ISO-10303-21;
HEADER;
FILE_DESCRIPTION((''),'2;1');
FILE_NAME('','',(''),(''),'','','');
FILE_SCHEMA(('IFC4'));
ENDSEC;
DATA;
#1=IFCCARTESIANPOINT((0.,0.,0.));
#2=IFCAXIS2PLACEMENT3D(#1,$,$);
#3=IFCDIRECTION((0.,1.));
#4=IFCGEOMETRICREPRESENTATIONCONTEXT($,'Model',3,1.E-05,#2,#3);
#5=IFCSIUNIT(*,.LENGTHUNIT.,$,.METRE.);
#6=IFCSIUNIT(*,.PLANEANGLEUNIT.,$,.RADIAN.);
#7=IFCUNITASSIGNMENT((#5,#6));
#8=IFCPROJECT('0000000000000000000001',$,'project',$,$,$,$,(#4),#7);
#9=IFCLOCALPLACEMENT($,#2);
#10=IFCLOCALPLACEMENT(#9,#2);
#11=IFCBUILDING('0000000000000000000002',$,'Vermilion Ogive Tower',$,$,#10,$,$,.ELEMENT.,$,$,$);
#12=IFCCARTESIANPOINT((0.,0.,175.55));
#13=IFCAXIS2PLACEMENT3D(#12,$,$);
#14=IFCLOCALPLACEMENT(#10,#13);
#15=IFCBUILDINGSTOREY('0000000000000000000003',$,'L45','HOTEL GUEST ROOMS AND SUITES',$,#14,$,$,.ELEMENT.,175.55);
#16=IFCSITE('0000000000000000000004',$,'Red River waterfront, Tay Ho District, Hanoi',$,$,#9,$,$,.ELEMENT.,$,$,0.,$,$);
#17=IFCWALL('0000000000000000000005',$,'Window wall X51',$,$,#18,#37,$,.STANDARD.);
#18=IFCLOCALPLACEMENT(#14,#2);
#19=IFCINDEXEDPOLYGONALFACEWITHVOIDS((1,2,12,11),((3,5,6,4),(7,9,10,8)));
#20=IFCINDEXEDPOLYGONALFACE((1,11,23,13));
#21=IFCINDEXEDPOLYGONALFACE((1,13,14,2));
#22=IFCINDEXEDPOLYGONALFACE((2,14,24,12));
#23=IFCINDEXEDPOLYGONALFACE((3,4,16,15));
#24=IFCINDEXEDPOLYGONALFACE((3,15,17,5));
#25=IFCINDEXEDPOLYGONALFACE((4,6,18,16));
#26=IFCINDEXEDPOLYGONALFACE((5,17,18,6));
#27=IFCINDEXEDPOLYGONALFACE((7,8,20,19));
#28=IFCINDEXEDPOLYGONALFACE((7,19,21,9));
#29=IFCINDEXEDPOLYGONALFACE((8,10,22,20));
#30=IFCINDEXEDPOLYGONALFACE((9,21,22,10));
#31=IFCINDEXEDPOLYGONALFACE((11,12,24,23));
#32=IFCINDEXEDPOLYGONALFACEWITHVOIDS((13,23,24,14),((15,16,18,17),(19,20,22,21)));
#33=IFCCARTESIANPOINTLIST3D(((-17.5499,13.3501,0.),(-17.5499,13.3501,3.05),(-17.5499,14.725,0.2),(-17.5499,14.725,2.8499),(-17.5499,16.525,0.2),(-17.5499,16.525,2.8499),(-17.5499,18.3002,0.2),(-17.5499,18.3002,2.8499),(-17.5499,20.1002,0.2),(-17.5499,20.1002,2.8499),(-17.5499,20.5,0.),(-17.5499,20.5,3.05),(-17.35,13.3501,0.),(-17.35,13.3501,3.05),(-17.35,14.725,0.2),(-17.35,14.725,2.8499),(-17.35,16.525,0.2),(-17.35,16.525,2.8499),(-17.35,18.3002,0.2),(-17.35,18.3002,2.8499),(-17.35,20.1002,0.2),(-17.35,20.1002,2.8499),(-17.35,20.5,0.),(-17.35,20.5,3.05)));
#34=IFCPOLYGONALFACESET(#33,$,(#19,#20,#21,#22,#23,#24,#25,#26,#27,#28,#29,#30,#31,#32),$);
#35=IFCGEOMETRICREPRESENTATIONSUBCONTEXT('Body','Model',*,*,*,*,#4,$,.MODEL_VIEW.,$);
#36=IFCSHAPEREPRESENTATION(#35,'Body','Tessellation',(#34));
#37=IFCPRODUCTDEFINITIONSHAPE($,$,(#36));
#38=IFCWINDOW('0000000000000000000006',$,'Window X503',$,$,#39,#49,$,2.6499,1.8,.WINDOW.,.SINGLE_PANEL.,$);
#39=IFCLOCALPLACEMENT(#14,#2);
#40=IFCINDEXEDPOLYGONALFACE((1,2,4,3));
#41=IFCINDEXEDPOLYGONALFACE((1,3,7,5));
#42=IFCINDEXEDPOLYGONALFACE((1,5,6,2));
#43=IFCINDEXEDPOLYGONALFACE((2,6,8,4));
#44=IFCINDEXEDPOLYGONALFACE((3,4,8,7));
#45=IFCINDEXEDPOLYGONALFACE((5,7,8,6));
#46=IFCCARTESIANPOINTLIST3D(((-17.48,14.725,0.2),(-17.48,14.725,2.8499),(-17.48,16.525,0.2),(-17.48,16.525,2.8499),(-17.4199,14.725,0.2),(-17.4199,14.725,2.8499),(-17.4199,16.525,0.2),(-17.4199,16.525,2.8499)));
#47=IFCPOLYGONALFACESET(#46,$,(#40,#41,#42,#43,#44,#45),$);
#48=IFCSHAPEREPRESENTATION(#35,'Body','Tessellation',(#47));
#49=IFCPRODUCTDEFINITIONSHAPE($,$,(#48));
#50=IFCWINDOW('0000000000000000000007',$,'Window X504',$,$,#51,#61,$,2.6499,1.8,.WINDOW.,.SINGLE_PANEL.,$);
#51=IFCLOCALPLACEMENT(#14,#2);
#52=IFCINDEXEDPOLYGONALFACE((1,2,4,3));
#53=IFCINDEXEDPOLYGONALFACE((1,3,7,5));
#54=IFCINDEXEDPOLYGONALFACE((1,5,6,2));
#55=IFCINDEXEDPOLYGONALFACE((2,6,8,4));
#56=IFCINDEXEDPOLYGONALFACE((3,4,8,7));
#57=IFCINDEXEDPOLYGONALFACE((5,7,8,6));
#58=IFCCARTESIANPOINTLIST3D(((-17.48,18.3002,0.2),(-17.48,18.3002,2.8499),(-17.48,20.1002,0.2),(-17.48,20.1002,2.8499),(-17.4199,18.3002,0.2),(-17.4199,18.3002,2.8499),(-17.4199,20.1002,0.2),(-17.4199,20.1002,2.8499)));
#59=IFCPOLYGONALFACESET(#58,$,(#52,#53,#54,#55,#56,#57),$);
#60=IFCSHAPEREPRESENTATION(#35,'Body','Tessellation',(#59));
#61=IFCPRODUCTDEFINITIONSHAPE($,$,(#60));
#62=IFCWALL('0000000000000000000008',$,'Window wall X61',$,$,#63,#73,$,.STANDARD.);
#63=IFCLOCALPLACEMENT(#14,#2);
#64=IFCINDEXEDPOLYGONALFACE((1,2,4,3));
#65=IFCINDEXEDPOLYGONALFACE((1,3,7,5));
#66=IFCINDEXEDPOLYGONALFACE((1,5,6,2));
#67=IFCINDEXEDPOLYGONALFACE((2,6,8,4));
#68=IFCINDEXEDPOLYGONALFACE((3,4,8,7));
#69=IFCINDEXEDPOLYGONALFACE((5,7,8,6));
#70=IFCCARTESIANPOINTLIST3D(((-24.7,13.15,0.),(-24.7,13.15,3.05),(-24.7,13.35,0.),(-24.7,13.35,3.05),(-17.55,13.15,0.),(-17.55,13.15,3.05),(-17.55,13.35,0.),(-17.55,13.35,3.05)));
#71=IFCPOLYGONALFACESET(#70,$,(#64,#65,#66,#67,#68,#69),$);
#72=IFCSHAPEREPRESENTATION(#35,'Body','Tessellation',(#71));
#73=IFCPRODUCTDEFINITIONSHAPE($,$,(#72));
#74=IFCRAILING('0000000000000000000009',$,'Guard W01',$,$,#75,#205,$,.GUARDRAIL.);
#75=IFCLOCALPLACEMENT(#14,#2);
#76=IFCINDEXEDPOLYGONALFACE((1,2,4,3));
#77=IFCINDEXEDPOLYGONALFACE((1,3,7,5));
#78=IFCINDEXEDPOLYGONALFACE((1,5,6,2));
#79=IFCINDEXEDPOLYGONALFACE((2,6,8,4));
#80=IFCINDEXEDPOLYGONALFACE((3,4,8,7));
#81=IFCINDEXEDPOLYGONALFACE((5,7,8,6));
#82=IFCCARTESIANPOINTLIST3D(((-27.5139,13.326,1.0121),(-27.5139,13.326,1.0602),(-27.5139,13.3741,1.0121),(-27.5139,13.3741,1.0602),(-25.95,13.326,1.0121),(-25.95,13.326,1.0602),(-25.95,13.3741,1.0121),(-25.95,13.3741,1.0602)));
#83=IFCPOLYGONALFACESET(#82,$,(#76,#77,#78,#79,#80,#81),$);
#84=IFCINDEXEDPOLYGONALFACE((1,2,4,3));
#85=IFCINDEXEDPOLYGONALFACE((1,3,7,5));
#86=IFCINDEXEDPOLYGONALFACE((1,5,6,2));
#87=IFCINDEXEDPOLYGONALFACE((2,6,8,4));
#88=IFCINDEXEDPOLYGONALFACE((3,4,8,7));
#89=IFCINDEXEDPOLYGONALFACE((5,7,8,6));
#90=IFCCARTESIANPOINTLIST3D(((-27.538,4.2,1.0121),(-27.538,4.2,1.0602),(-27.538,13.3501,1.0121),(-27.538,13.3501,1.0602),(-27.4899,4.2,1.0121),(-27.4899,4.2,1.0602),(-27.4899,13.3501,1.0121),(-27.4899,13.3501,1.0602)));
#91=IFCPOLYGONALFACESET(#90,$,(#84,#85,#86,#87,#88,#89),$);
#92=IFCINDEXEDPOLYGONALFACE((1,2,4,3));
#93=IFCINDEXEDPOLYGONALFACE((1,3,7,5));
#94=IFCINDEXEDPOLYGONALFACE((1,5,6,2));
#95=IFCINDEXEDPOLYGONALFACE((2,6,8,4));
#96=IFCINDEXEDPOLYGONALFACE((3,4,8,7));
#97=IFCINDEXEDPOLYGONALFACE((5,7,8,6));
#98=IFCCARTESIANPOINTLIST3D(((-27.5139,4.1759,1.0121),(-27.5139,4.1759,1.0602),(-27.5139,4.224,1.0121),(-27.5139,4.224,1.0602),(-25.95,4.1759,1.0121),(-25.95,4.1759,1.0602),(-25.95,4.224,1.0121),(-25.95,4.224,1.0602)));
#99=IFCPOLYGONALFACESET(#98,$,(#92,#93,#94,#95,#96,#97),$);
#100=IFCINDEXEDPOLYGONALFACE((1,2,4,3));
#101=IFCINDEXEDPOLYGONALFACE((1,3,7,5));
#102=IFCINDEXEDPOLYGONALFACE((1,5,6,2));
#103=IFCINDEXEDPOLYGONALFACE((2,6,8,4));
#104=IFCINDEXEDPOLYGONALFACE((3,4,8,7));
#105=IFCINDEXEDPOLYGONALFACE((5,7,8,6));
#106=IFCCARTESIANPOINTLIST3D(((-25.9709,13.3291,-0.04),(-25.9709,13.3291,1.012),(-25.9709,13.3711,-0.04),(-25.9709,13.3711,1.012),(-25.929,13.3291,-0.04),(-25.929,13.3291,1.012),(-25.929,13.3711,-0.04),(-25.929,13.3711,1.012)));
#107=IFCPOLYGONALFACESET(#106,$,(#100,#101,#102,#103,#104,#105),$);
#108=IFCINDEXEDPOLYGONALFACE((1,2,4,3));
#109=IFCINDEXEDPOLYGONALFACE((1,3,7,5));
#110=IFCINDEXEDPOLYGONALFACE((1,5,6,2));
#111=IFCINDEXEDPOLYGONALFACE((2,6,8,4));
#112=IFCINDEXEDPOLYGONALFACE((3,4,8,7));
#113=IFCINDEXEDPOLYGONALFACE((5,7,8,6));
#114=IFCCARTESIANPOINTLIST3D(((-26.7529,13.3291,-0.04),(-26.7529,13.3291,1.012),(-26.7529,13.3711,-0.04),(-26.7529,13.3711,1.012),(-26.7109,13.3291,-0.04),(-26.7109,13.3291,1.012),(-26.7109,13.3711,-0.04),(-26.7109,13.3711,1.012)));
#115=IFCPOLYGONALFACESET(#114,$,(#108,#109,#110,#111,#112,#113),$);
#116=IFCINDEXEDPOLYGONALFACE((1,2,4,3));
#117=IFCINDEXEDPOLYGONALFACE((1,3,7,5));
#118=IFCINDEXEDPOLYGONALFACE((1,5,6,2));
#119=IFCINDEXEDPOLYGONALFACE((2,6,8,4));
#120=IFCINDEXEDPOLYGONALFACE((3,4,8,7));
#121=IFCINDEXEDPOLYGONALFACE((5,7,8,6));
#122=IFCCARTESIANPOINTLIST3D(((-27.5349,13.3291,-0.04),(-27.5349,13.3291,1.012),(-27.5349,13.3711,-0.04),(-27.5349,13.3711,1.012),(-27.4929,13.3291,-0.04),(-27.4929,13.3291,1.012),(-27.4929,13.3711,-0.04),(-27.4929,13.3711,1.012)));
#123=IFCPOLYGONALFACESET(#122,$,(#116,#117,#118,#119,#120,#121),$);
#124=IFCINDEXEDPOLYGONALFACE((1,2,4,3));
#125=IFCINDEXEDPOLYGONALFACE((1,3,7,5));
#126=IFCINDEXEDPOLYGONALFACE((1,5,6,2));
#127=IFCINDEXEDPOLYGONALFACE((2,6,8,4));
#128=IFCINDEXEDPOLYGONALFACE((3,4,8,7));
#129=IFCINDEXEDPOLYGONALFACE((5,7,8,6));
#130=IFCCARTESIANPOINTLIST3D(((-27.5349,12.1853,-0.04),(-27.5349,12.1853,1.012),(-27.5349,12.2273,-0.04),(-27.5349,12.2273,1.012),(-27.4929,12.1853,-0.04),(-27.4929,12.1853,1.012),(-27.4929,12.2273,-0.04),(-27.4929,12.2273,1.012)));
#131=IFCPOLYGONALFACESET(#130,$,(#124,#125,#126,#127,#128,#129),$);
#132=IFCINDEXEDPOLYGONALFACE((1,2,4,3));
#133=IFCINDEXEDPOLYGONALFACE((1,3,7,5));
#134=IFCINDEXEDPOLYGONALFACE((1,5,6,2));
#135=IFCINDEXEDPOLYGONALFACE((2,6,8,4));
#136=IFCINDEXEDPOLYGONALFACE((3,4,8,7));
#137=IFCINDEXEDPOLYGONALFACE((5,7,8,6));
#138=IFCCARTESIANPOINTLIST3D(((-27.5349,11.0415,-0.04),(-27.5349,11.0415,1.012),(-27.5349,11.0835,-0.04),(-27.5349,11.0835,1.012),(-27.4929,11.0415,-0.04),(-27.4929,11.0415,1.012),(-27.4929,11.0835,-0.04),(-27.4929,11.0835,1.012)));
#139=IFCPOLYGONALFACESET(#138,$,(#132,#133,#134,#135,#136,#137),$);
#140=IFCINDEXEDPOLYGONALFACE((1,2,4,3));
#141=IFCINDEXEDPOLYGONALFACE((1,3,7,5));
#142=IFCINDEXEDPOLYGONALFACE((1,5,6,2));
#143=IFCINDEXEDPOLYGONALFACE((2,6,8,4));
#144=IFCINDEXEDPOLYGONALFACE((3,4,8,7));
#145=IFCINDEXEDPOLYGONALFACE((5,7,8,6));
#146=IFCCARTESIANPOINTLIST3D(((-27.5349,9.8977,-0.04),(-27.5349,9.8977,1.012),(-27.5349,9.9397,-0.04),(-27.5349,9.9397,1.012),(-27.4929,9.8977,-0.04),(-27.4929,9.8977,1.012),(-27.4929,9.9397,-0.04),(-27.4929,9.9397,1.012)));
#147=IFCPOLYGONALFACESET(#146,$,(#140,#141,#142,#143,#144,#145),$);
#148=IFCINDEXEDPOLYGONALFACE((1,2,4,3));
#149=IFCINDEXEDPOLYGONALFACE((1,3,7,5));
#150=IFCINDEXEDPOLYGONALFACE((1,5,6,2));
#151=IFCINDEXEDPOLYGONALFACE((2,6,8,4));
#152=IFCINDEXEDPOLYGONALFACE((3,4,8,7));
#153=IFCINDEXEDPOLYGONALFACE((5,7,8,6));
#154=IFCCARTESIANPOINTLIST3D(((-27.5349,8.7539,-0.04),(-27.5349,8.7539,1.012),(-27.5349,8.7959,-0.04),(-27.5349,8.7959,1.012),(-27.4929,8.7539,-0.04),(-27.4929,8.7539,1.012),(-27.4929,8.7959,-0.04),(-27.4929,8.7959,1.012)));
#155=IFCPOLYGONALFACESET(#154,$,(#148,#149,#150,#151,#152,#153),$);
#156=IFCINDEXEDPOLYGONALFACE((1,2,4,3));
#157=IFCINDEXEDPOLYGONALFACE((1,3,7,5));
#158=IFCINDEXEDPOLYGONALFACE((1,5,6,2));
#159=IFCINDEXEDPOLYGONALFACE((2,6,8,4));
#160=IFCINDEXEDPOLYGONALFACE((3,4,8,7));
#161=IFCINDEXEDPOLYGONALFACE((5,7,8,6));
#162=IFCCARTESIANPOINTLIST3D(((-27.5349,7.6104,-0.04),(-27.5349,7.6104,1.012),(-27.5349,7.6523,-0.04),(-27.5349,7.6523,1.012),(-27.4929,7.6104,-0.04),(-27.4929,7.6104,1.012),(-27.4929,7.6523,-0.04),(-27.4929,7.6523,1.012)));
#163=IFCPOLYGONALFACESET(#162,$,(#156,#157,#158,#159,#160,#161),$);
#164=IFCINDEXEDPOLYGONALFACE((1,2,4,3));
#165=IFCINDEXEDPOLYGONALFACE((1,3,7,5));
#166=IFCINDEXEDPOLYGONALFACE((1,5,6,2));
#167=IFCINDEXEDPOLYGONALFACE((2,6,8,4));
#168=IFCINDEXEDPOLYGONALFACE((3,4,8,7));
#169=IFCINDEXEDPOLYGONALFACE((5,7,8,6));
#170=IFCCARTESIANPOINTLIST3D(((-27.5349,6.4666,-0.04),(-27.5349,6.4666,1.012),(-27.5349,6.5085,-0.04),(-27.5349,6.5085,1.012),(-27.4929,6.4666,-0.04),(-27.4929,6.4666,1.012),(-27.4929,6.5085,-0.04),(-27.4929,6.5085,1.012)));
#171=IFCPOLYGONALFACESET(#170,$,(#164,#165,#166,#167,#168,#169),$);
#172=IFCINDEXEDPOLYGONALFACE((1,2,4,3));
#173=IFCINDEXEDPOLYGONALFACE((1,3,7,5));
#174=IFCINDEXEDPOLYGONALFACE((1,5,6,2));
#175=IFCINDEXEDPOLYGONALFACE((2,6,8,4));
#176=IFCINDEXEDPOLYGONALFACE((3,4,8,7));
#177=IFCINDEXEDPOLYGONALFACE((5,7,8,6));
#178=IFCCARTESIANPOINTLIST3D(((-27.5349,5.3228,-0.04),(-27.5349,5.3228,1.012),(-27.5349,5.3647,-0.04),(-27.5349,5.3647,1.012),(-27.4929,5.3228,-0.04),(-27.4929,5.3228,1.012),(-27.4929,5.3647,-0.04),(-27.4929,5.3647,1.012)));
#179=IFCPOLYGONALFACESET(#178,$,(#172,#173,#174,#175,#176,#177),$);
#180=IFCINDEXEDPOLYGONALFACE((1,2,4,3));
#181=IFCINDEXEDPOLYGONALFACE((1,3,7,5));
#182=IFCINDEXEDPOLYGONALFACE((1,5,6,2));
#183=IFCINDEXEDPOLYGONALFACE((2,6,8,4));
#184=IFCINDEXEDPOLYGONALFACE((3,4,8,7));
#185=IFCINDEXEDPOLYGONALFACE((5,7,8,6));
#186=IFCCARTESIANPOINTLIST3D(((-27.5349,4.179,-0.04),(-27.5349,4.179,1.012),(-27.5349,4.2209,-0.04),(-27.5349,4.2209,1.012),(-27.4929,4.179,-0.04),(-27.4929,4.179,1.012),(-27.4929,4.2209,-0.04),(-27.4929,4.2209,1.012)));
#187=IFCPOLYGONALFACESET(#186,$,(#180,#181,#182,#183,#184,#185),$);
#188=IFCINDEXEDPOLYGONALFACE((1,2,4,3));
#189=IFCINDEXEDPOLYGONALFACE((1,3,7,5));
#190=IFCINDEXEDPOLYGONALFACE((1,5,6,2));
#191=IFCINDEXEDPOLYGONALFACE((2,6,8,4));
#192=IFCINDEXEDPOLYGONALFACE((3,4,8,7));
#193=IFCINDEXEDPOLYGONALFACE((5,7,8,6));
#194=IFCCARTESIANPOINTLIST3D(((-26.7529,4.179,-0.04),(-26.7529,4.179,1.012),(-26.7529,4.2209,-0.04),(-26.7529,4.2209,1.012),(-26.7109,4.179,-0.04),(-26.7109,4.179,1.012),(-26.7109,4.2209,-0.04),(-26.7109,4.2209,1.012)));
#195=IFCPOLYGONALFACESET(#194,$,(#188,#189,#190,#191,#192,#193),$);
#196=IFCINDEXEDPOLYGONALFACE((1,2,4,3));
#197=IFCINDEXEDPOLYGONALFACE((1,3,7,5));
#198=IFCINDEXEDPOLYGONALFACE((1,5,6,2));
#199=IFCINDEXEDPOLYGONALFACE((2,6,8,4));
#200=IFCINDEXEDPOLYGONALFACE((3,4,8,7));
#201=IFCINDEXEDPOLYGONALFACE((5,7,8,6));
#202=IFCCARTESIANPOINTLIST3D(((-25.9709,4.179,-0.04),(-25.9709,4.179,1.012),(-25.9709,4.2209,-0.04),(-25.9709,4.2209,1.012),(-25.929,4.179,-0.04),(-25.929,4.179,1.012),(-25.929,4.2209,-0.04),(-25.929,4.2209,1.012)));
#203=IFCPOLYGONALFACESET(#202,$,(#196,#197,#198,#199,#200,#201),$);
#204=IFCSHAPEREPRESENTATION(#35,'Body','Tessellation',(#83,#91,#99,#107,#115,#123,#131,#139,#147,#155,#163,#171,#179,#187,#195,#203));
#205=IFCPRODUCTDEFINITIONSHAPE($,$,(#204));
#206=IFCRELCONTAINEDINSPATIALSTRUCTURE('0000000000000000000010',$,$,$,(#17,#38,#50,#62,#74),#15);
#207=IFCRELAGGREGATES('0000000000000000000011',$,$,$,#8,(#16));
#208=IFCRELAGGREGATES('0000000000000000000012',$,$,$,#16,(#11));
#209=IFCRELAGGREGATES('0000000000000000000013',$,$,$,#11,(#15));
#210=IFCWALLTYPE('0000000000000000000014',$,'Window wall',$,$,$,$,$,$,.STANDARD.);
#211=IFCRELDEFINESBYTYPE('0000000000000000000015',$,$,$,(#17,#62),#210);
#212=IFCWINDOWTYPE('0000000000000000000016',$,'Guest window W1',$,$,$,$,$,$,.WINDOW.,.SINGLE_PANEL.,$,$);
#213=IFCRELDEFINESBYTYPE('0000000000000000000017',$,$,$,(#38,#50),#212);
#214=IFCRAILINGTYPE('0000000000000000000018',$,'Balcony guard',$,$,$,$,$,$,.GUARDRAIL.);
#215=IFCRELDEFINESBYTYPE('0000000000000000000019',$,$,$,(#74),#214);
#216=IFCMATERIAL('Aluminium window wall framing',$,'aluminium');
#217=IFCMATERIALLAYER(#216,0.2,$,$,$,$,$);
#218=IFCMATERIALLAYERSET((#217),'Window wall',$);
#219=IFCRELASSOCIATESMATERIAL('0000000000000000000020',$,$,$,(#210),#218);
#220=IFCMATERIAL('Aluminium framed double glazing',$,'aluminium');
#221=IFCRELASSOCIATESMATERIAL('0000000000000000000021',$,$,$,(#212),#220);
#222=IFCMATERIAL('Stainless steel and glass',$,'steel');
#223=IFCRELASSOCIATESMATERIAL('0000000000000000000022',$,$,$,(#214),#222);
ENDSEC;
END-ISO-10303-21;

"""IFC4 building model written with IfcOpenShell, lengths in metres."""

from ifc_helpers import new_model, si_unit, direction, frame, frame_2d, origin, origin_2d, place, context, subcontext, project, spatial, rectangle, extrude, material, layer, layer_set, type_object, element, fill, save


model = new_model("IFC4")

# Units and contexts
model_context = context("Model", 3, precision=1e-05, world=origin(), true_north=direction((0.0, 1.0)))
body_context = subcontext(model_context, "Body", "Model", "MODEL_VIEW")
ifc_project = project(units=[si_unit("LENGTHUNIT", "METRE"), si_unit("PLANEANGLEUNIT", "RADIAN")], contexts=[model_context])

# Site, building, storey
site_placement = place(None, origin())
site = spatial("IfcSite", under=ifc_project, at=site_placement, Name="Red River waterfront, Tay Ho District, Hanoi", CompositionType="ELEMENT", RefElevation=0.0)
building_placement = place(site_placement, origin())
building = spatial("IfcBuilding", under=site, at=building_placement, Name="Vermilion Ogive Tower", CompositionType="ELEMENT")
storey_placement = place(building_placement, frame((0.0, 0.0, 175.55)))
storey = spatial("IfcBuildingStorey", under=building, at=storey_placement, Name="L45", Description="HOTEL GUEST ROOMS AND SUITES", CompositionType="ELEMENT", Elevation=175.55)

# Wall, openings, windows
ifc_material_1 = material(Name="Aluminium window wall framing", Category="aluminium")
ifc_layer_1 = layer(ifc_material_1, 0.2)
ifc_layer_set_1 = layer_set([ifc_layer_1], Name="Window wall")
wall_type_1 = type_object("IfcWallType", Name="Window wall", PredefinedType="STANDARD", material=ifc_layer_set_1)
wall_1_placement = place(storey_placement, frame((-17.45, 20.5, 0.0), z_axis=(0.0, 0.0, 1.0), x_axis=(0.0, -1.0, 0.0)))
wall_1 = element("IfcWall", 1, at=wall_1_placement, inside=storey, type_object=wall_type_1, Name="Window wall X51", PredefinedType="STANDARD", context=body_context, shape_type="SweptSolid", body=[
    extrude(rectangle(XDim=7.1499, YDim=0.2, at=frame_2d((3.575, 0.0))), origin(), (0.0, 0.0, 1.0), 3.05),
])
opening_1_placement = place(wall_1_placement, frame((3.9751, 0.0, 0.2)))
opening_1 = element("IfcOpeningElement", 2, at=opening_1_placement, cuts=wall_1, PredefinedType="OPENING", context=body_context, shape_type="SweptSolid", body=[
    extrude(rectangle(XDim=1.8, YDim=2.6499, at=frame_2d((0.8999, 1.325))), frame((0.0, 0.1099, 0.0), z_axis=(0.0, -1.0, 0.0), x_axis=(1.0, 0.0, 0.0)), (0.0, 0.0, 1.0), 0.22),
])
opening_2_placement = place(wall_1_placement, frame((0.3999, 0.0, 0.2)))
opening_2 = element("IfcOpeningElement", 3, at=opening_2_placement, cuts=wall_1, PredefinedType="OPENING", context=body_context, shape_type="SweptSolid", body=[
    extrude(rectangle(XDim=1.8, YDim=2.6499, at=frame_2d((0.8999, 1.325))), frame((0.0, 0.1099, 0.0), z_axis=(0.0, -1.0, 0.0), x_axis=(1.0, 0.0, 0.0)), (0.0, 0.0, 1.0), 0.22),
])
ifc_material_2 = material(Name="Aluminium framed double glazing", Category="aluminium")
window_type = type_object("IfcWindowType", Name="Guest window W1", PartitioningType="SINGLE_PANEL", PredefinedType="WINDOW", material=ifc_material_2)
window_1_placement = place(opening_1_placement, origin())
window_1 = element("IfcWindow", 4, at=window_1_placement, inside=storey, type_object=window_type, Name="Window X503", OverallHeight=2.6499, OverallWidth=1.8, PartitioningType="SINGLE_PANEL", PredefinedType="WINDOW", context=body_context, shape_type="SweptSolid", body=[
    extrude(rectangle(XDim=1.8, YDim=2.6499, at=frame_2d((0.8999, 1.325))), frame((0.0, 0.03, 0.0), z_axis=(0.0, -1.0, 0.0), x_axis=(1.0, 0.0, 0.0)), (0.0, 0.0, 1.0), 0.0601),
])
fill(opening_1, window_1)
window_2_placement = place(opening_2_placement, origin())
window_2 = element("IfcWindow", 5, at=window_2_placement, inside=storey, type_object=window_type, Name="Window X504", OverallHeight=2.6499, OverallWidth=1.8, PartitioningType="SINGLE_PANEL", PredefinedType="WINDOW", context=body_context, shape_type="SweptSolid", body=[
    extrude(rectangle(XDim=1.8, YDim=2.6499, at=frame_2d((0.8999, 1.325))), frame((0.0, 0.03, 0.0), z_axis=(0.0, -1.0, 0.0), x_axis=(1.0, 0.0, 0.0)), (0.0, 0.0, 1.0), 0.0601),
])
fill(opening_2, window_2)

# Wall
wall_2_placement = place(storey_placement, frame((-17.55, 13.25, 0.0), z_axis=(0.0, 0.0, 1.0), x_axis=(-1.0, 0.0, 0.0)))
element("IfcWall", 6, at=wall_2_placement, inside=storey, type_object=wall_type_1, Name="Window wall X61", PredefinedType="STANDARD", context=body_context, shape_type="SweptSolid", body=[
    extrude(rectangle(XDim=7.1499, YDim=0.2, at=frame_2d((3.575, 0.0))), origin(), (0.0, 0.0, 1.0), 3.05),
])

# Railing
ifc_material_3 = material(Name="Stainless steel and glass", Category="steel")
railing_type = type_object("IfcRailingType", Name="Balcony guard", PredefinedType="GUARDRAIL", material=ifc_material_3)
railing_placement = place(storey_placement, frame((-25.95, 13.3501, -0.04)))
element("IfcRailing", 7, at=railing_placement, inside=storey, type_object=railing_type, Name="Guard W01", PredefinedType="GUARDRAIL", context=body_context, shape_type="SweptSolid", body=[
    extrude(rectangle(XDim=0.0481, YDim=0.0481, at=origin_2d()), frame((0.0, 0.0, 1.0762), z_axis=(-1.0, 0.0, 0.0), x_axis=(0.0, -1.0, 0.0)), (0.0, 0.0, 1.0), 1.564),
    extrude(rectangle(XDim=0.0481, YDim=0.0481, at=origin_2d()), frame((-1.564, 0.0, 1.0762), z_axis=(0.0, -1.0, 0.0), x_axis=(1.0, 0.0, 0.0)), (0.0, 0.0, 1.0), 9.1501),
    extrude(rectangle(XDim=0.0481, YDim=0.0481, at=origin_2d()), frame((-1.564, -9.1501, 1.0762), z_axis=(1.0, 0.0, 0.0), x_axis=(0.0, 1.0, 0.0)), (0.0, 0.0, 1.0), 1.564),
    extrude(rectangle(XDim=0.042, YDim=0.042, at=origin_2d()), origin(), (0.0, 0.0, 1.0), 1.052),
    extrude(rectangle(XDim=0.042, YDim=0.042, at=origin_2d()), frame((-0.782, 0.0, 0.0)), (0.0, 0.0, 1.0), 1.052),
    extrude(rectangle(XDim=0.042, YDim=0.042, at=origin_2d()), frame((-1.564, 0.0, 0.0)), (0.0, 0.0, 1.0), 1.052),
    extrude(rectangle(XDim=0.042, YDim=0.042, at=origin_2d()), frame((-1.564, -1.1438, 0.0)), (0.0, 0.0, 1.0), 1.052),
    extrude(rectangle(XDim=0.042, YDim=0.042, at=origin_2d()), frame((-1.564, -2.2876, 0.0)), (0.0, 0.0, 1.0), 1.052),
    extrude(rectangle(XDim=0.042, YDim=0.042, at=origin_2d()), frame((-1.564, -3.4314, 0.0)), (0.0, 0.0, 1.0), 1.052),
    extrude(rectangle(XDim=0.042, YDim=0.042, at=origin_2d()), frame((-1.564, -4.5752, 0.0)), (0.0, 0.0, 1.0), 1.052),
    extrude(rectangle(XDim=0.042, YDim=0.042, at=origin_2d()), frame((-1.564, -5.7188, 0.0)), (0.0, 0.0, 1.0), 1.052),
    extrude(rectangle(XDim=0.042, YDim=0.042, at=origin_2d()), frame((-1.564, -6.8625, 0.0)), (0.0, 0.0, 1.0), 1.052),
    extrude(rectangle(XDim=0.042, YDim=0.042, at=origin_2d()), frame((-1.564, -8.0063, 0.0)), (0.0, 0.0, 1.0), 1.052),
    extrude(rectangle(XDim=0.042, YDim=0.042, at=origin_2d()), frame((-1.564, -9.1501, 0.0)), (0.0, 0.0, 1.0), 1.052),
    extrude(rectangle(XDim=0.042, YDim=0.042, at=origin_2d()), frame((-0.782, -9.1501, 0.0)), (0.0, 0.0, 1.0), 1.052),
    extrude(rectangle(XDim=0.042, YDim=0.042, at=origin_2d()), frame((0.0, -9.1501, 0.0)), (0.0, 0.0, 1.0), 1.052),
])

save(model, "model.ifc")
